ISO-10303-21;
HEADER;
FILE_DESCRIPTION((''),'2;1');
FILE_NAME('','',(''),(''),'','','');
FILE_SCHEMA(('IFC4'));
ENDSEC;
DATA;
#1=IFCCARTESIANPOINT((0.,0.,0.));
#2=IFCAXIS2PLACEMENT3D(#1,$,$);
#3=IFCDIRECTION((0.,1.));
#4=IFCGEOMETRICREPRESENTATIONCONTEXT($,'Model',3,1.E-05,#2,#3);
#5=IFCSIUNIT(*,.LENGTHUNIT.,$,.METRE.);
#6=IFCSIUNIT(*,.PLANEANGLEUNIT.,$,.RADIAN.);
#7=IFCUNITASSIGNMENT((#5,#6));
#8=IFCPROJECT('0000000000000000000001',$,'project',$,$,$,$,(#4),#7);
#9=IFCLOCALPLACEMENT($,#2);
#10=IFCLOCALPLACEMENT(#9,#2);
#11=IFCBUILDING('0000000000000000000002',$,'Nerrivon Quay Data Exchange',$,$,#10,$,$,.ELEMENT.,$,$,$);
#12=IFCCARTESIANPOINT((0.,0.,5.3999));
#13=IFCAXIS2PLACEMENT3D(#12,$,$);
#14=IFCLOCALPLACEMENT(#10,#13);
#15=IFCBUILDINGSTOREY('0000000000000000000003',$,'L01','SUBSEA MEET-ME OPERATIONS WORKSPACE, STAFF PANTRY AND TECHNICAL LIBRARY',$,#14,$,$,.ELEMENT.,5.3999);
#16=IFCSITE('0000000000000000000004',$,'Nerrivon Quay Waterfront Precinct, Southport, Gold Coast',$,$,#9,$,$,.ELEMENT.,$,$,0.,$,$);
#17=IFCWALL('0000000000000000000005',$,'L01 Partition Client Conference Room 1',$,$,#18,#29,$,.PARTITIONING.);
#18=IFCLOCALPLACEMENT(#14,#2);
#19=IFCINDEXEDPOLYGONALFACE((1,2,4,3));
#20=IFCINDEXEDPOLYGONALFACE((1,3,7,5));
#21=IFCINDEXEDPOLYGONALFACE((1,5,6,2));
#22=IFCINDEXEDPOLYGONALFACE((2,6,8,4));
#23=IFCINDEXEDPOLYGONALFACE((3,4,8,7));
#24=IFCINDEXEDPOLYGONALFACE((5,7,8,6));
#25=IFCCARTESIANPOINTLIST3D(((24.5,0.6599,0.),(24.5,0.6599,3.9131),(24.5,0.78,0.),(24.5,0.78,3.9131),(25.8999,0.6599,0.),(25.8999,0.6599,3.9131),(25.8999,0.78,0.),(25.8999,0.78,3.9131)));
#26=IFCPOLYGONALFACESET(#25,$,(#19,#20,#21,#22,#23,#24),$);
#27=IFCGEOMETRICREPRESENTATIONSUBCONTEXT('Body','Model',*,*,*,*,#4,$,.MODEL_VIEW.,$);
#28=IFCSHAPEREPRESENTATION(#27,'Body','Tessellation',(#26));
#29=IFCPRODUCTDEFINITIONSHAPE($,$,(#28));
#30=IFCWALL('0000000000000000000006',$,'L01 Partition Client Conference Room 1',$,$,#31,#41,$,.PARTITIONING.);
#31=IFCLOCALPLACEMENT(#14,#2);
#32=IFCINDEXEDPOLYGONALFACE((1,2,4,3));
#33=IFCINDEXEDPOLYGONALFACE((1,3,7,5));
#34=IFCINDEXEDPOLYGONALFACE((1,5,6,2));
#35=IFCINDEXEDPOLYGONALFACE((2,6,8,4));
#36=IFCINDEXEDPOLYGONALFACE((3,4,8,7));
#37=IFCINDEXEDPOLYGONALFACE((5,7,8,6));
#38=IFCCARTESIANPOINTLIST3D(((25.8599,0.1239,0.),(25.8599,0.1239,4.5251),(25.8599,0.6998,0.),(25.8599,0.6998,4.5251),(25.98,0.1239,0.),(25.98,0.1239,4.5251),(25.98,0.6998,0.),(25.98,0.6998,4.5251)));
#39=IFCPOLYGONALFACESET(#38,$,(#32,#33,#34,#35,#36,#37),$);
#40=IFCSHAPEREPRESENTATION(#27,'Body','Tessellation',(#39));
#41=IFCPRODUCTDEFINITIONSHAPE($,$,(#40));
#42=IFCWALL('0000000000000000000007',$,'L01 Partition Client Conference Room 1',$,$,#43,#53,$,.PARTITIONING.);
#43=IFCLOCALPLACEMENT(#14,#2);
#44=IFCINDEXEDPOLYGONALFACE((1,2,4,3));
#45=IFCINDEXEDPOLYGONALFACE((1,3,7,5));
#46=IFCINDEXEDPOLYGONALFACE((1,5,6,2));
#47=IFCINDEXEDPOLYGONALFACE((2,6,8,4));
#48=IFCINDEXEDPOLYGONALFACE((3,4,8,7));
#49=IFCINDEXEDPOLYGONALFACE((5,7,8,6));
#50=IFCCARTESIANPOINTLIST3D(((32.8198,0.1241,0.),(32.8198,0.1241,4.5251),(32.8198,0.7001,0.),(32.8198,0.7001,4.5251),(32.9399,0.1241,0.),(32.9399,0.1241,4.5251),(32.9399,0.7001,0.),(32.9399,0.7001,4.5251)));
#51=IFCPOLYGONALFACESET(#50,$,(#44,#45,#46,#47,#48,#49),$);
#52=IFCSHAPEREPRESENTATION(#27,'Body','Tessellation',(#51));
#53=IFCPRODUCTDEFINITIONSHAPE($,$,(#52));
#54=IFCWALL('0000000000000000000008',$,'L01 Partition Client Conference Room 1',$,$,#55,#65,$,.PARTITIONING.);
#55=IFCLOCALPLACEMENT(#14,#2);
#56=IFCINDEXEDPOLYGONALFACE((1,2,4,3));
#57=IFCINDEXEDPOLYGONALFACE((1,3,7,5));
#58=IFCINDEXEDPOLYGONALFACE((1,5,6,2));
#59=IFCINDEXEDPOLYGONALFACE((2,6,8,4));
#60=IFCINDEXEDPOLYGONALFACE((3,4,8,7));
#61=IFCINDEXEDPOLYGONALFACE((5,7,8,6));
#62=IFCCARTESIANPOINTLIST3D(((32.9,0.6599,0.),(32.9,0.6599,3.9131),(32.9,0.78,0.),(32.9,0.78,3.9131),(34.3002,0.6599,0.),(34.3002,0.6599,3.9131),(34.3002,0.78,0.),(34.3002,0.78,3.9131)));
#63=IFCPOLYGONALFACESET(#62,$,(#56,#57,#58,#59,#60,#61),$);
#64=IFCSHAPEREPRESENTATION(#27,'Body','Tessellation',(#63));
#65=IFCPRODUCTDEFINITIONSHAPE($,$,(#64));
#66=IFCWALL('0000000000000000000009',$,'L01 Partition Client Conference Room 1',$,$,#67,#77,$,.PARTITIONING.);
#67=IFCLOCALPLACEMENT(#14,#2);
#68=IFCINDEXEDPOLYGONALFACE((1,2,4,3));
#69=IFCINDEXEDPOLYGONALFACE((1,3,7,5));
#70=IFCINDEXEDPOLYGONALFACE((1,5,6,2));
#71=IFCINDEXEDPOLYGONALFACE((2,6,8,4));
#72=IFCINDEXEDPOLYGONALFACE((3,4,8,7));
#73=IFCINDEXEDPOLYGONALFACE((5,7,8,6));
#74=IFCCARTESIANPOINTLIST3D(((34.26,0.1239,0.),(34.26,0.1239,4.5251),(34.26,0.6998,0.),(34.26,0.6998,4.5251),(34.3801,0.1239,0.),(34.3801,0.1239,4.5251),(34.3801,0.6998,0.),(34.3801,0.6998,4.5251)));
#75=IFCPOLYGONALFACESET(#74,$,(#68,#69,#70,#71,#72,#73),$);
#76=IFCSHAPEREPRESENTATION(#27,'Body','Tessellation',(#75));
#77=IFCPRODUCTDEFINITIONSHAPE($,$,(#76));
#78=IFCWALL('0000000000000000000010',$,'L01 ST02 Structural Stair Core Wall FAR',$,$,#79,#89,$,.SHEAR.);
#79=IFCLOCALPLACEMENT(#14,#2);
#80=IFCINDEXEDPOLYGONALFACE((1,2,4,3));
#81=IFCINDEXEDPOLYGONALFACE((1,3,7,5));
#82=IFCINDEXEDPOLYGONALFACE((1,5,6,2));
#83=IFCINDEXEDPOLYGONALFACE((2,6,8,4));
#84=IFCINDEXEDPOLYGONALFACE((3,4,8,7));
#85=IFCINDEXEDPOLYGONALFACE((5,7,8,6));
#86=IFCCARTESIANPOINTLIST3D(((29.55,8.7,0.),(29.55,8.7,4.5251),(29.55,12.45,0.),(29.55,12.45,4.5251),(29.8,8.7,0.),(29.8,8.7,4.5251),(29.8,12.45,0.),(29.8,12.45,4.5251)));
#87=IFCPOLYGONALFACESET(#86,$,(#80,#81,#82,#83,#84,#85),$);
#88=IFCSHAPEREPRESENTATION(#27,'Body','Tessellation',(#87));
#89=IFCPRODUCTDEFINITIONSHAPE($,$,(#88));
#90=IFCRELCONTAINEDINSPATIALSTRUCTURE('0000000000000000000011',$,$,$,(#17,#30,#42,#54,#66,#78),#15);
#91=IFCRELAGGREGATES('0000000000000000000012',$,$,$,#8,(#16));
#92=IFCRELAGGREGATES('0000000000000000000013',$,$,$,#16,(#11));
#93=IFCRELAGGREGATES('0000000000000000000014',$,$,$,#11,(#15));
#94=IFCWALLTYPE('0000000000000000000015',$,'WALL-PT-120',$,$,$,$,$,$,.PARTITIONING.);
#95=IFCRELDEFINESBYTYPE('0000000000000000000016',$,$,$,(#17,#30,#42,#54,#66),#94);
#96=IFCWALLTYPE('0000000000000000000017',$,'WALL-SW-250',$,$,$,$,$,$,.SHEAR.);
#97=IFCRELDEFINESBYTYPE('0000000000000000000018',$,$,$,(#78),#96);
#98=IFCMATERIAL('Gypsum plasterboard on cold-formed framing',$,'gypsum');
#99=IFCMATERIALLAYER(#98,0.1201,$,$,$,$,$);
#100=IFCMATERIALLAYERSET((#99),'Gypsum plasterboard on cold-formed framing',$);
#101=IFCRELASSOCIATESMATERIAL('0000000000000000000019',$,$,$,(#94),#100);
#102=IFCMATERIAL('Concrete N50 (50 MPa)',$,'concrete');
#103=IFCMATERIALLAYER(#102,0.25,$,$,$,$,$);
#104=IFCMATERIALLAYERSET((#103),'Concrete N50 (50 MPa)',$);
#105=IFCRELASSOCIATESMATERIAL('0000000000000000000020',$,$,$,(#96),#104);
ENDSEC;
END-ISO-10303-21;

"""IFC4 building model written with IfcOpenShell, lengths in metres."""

from ifc_helpers import new_model, si_unit, direction, frame, frame_2d, origin, place, context, subcontext, project, spatial, rectangle, extrude, material, layer, layer_set, type_object, element, save


model = new_model("IFC4")

# Units and contexts
model_context = context("Model", 3, precision=1e-05, world=origin(), true_north=direction((0.0, 1.0)))
body_context = subcontext(model_context, "Body", "Model", "MODEL_VIEW")
ifc_project = project(units=[si_unit("LENGTHUNIT", "METRE"), si_unit("PLANEANGLEUNIT", "RADIAN")], contexts=[model_context])

# Site, building, storey
site_placement = place(None, origin())
site = spatial("IfcSite", under=ifc_project, at=site_placement, Name="Nerrivon Quay Waterfront Precinct, Southport, Gold Coast", CompositionType="ELEMENT", RefElevation=0.0)
building_placement = place(site_placement, origin())
building = spatial("IfcBuilding", under=site, at=building_placement, Name="Nerrivon Quay Data Exchange", CompositionType="ELEMENT")
storey_placement = place(building_placement, frame((0.0, 0.0, 5.3999)))
storey = spatial("IfcBuildingStorey", under=building, at=storey_placement, Name="L01", Description="SUBSEA MEET-ME OPERATIONS WORKSPACE, STAFF PANTRY AND TECHNICAL LIBRARY", CompositionType="ELEMENT", Elevation=5.3999)

# Walls
ifc_material_1 = material(Name="Gypsum plasterboard on cold-formed framing", Category="gypsum")
ifc_layer_1 = layer(ifc_material_1, 0.1201)
ifc_layer_set_1 = layer_set([ifc_layer_1], Name="Gypsum plasterboard on cold-formed framing")
wall_type_1 = type_object("IfcWallType", Name="WALL-PT-120", PredefinedType="PARTITIONING", material=ifc_layer_set_1)
wall_1_placement = place(storey_placement, frame((24.5, 0.72, 0.0), z_axis=(0.0, 0.0, 1.0), x_axis=(1.0, 0.0, 0.0)))
element("IfcWall", 1, at=wall_1_placement, inside=storey, type_object=wall_type_1, Name="L01 Partition Client Conference Room 1", PredefinedType="PARTITIONING", context=body_context, shape_type="SweptSolid", body=[
    extrude(rectangle(XDim=1.3999, YDim=0.1201, at=frame_2d((0.7, 0.0))), origin(), (0.0, 0.0, 1.0), 3.9131),
])
for number, where, z_axis, x_axis, name in (
    (2, (25.9199, 0.7, 0.0), (0.0, 0.0, 1.0), (0.0, -1.0, 0.0), "L01 Partition Client Conference Room 1"),
    (3, (32.8799, 0.124, 0.0), (0.0, 0.0, 1.0), (0.0, 1.0, 0.0), "L01 Partition Client Conference Room 1"),
):
    element("IfcWall", number, at=place(storey_placement, frame(where, z_axis=z_axis, x_axis=x_axis)), inside=storey, type_object=wall_type_1, Name=name, PredefinedType="PARTITIONING", context=body_context, shape_type="SweptSolid", body=[
        extrude(rectangle(XDim=0.5759, YDim=0.1201, at=frame_2d((0.2881, 0.0))), origin(), (0.0, 0.0, 1.0), 4.5251),
    ])
wall_2_placement = place(storey_placement, frame((32.8999, 0.72, 0.0), z_axis=(0.0, 0.0, 1.0), x_axis=(1.0, 0.0, 0.0)))
element("IfcWall", 4, at=wall_2_placement, inside=storey, type_object=wall_type_1, Name="L01 Partition Client Conference Room 1", PredefinedType="PARTITIONING", context=body_context, shape_type="SweptSolid", body=[
    extrude(rectangle(XDim=1.4001, YDim=0.1201, at=frame_2d((0.7002, 0.0))), origin(), (0.0, 0.0, 1.0), 3.9131),
])
wall_3_placement = place(storey_placement, frame((34.3201, 0.7, 0.0), z_axis=(0.0, 0.0, 1.0), x_axis=(0.0, -1.0, 0.0)))
element("IfcWall", 5, at=wall_3_placement, inside=storey, type_object=wall_type_1, Name="L01 Partition Client Conference Room 1", PredefinedType="PARTITIONING", context=body_context, shape_type="SweptSolid", body=[
    extrude(rectangle(XDim=0.5759, YDim=0.1201, at=frame_2d((0.2881, 0.0))), origin(), (0.0, 0.0, 1.0), 4.5251),
])
ifc_material_2 = material(Name="Concrete N50 (50 MPa)", Category="concrete")
ifc_layer_2 = layer(ifc_material_2, 0.25)
ifc_layer_set_2 = layer_set([ifc_layer_2], Name="Concrete N50 (50 MPa)")
wall_type_2 = type_object("IfcWallType", Name="WALL-SW-250", PredefinedType="SHEAR", material=ifc_layer_set_2)
wall_4_placement = place(storey_placement, frame((29.675, 8.7, 0.0), z_axis=(0.0, 0.0, 1.0), x_axis=(0.0, 1.0, 0.0)))
element("IfcWall", 6, at=wall_4_placement, inside=storey, type_object=wall_type_2, Name="L01 ST02 Structural Stair Core Wall FAR", PredefinedType="SHEAR", context=body_context, shape_type="SweptSolid", body=[
    extrude(rectangle(XDim=3.75, YDim=0.25, at=frame_2d((1.875, 0.0))), origin(), (0.0, 0.0, 1.0), 4.5251),
])

save(model, "model.ifc")
